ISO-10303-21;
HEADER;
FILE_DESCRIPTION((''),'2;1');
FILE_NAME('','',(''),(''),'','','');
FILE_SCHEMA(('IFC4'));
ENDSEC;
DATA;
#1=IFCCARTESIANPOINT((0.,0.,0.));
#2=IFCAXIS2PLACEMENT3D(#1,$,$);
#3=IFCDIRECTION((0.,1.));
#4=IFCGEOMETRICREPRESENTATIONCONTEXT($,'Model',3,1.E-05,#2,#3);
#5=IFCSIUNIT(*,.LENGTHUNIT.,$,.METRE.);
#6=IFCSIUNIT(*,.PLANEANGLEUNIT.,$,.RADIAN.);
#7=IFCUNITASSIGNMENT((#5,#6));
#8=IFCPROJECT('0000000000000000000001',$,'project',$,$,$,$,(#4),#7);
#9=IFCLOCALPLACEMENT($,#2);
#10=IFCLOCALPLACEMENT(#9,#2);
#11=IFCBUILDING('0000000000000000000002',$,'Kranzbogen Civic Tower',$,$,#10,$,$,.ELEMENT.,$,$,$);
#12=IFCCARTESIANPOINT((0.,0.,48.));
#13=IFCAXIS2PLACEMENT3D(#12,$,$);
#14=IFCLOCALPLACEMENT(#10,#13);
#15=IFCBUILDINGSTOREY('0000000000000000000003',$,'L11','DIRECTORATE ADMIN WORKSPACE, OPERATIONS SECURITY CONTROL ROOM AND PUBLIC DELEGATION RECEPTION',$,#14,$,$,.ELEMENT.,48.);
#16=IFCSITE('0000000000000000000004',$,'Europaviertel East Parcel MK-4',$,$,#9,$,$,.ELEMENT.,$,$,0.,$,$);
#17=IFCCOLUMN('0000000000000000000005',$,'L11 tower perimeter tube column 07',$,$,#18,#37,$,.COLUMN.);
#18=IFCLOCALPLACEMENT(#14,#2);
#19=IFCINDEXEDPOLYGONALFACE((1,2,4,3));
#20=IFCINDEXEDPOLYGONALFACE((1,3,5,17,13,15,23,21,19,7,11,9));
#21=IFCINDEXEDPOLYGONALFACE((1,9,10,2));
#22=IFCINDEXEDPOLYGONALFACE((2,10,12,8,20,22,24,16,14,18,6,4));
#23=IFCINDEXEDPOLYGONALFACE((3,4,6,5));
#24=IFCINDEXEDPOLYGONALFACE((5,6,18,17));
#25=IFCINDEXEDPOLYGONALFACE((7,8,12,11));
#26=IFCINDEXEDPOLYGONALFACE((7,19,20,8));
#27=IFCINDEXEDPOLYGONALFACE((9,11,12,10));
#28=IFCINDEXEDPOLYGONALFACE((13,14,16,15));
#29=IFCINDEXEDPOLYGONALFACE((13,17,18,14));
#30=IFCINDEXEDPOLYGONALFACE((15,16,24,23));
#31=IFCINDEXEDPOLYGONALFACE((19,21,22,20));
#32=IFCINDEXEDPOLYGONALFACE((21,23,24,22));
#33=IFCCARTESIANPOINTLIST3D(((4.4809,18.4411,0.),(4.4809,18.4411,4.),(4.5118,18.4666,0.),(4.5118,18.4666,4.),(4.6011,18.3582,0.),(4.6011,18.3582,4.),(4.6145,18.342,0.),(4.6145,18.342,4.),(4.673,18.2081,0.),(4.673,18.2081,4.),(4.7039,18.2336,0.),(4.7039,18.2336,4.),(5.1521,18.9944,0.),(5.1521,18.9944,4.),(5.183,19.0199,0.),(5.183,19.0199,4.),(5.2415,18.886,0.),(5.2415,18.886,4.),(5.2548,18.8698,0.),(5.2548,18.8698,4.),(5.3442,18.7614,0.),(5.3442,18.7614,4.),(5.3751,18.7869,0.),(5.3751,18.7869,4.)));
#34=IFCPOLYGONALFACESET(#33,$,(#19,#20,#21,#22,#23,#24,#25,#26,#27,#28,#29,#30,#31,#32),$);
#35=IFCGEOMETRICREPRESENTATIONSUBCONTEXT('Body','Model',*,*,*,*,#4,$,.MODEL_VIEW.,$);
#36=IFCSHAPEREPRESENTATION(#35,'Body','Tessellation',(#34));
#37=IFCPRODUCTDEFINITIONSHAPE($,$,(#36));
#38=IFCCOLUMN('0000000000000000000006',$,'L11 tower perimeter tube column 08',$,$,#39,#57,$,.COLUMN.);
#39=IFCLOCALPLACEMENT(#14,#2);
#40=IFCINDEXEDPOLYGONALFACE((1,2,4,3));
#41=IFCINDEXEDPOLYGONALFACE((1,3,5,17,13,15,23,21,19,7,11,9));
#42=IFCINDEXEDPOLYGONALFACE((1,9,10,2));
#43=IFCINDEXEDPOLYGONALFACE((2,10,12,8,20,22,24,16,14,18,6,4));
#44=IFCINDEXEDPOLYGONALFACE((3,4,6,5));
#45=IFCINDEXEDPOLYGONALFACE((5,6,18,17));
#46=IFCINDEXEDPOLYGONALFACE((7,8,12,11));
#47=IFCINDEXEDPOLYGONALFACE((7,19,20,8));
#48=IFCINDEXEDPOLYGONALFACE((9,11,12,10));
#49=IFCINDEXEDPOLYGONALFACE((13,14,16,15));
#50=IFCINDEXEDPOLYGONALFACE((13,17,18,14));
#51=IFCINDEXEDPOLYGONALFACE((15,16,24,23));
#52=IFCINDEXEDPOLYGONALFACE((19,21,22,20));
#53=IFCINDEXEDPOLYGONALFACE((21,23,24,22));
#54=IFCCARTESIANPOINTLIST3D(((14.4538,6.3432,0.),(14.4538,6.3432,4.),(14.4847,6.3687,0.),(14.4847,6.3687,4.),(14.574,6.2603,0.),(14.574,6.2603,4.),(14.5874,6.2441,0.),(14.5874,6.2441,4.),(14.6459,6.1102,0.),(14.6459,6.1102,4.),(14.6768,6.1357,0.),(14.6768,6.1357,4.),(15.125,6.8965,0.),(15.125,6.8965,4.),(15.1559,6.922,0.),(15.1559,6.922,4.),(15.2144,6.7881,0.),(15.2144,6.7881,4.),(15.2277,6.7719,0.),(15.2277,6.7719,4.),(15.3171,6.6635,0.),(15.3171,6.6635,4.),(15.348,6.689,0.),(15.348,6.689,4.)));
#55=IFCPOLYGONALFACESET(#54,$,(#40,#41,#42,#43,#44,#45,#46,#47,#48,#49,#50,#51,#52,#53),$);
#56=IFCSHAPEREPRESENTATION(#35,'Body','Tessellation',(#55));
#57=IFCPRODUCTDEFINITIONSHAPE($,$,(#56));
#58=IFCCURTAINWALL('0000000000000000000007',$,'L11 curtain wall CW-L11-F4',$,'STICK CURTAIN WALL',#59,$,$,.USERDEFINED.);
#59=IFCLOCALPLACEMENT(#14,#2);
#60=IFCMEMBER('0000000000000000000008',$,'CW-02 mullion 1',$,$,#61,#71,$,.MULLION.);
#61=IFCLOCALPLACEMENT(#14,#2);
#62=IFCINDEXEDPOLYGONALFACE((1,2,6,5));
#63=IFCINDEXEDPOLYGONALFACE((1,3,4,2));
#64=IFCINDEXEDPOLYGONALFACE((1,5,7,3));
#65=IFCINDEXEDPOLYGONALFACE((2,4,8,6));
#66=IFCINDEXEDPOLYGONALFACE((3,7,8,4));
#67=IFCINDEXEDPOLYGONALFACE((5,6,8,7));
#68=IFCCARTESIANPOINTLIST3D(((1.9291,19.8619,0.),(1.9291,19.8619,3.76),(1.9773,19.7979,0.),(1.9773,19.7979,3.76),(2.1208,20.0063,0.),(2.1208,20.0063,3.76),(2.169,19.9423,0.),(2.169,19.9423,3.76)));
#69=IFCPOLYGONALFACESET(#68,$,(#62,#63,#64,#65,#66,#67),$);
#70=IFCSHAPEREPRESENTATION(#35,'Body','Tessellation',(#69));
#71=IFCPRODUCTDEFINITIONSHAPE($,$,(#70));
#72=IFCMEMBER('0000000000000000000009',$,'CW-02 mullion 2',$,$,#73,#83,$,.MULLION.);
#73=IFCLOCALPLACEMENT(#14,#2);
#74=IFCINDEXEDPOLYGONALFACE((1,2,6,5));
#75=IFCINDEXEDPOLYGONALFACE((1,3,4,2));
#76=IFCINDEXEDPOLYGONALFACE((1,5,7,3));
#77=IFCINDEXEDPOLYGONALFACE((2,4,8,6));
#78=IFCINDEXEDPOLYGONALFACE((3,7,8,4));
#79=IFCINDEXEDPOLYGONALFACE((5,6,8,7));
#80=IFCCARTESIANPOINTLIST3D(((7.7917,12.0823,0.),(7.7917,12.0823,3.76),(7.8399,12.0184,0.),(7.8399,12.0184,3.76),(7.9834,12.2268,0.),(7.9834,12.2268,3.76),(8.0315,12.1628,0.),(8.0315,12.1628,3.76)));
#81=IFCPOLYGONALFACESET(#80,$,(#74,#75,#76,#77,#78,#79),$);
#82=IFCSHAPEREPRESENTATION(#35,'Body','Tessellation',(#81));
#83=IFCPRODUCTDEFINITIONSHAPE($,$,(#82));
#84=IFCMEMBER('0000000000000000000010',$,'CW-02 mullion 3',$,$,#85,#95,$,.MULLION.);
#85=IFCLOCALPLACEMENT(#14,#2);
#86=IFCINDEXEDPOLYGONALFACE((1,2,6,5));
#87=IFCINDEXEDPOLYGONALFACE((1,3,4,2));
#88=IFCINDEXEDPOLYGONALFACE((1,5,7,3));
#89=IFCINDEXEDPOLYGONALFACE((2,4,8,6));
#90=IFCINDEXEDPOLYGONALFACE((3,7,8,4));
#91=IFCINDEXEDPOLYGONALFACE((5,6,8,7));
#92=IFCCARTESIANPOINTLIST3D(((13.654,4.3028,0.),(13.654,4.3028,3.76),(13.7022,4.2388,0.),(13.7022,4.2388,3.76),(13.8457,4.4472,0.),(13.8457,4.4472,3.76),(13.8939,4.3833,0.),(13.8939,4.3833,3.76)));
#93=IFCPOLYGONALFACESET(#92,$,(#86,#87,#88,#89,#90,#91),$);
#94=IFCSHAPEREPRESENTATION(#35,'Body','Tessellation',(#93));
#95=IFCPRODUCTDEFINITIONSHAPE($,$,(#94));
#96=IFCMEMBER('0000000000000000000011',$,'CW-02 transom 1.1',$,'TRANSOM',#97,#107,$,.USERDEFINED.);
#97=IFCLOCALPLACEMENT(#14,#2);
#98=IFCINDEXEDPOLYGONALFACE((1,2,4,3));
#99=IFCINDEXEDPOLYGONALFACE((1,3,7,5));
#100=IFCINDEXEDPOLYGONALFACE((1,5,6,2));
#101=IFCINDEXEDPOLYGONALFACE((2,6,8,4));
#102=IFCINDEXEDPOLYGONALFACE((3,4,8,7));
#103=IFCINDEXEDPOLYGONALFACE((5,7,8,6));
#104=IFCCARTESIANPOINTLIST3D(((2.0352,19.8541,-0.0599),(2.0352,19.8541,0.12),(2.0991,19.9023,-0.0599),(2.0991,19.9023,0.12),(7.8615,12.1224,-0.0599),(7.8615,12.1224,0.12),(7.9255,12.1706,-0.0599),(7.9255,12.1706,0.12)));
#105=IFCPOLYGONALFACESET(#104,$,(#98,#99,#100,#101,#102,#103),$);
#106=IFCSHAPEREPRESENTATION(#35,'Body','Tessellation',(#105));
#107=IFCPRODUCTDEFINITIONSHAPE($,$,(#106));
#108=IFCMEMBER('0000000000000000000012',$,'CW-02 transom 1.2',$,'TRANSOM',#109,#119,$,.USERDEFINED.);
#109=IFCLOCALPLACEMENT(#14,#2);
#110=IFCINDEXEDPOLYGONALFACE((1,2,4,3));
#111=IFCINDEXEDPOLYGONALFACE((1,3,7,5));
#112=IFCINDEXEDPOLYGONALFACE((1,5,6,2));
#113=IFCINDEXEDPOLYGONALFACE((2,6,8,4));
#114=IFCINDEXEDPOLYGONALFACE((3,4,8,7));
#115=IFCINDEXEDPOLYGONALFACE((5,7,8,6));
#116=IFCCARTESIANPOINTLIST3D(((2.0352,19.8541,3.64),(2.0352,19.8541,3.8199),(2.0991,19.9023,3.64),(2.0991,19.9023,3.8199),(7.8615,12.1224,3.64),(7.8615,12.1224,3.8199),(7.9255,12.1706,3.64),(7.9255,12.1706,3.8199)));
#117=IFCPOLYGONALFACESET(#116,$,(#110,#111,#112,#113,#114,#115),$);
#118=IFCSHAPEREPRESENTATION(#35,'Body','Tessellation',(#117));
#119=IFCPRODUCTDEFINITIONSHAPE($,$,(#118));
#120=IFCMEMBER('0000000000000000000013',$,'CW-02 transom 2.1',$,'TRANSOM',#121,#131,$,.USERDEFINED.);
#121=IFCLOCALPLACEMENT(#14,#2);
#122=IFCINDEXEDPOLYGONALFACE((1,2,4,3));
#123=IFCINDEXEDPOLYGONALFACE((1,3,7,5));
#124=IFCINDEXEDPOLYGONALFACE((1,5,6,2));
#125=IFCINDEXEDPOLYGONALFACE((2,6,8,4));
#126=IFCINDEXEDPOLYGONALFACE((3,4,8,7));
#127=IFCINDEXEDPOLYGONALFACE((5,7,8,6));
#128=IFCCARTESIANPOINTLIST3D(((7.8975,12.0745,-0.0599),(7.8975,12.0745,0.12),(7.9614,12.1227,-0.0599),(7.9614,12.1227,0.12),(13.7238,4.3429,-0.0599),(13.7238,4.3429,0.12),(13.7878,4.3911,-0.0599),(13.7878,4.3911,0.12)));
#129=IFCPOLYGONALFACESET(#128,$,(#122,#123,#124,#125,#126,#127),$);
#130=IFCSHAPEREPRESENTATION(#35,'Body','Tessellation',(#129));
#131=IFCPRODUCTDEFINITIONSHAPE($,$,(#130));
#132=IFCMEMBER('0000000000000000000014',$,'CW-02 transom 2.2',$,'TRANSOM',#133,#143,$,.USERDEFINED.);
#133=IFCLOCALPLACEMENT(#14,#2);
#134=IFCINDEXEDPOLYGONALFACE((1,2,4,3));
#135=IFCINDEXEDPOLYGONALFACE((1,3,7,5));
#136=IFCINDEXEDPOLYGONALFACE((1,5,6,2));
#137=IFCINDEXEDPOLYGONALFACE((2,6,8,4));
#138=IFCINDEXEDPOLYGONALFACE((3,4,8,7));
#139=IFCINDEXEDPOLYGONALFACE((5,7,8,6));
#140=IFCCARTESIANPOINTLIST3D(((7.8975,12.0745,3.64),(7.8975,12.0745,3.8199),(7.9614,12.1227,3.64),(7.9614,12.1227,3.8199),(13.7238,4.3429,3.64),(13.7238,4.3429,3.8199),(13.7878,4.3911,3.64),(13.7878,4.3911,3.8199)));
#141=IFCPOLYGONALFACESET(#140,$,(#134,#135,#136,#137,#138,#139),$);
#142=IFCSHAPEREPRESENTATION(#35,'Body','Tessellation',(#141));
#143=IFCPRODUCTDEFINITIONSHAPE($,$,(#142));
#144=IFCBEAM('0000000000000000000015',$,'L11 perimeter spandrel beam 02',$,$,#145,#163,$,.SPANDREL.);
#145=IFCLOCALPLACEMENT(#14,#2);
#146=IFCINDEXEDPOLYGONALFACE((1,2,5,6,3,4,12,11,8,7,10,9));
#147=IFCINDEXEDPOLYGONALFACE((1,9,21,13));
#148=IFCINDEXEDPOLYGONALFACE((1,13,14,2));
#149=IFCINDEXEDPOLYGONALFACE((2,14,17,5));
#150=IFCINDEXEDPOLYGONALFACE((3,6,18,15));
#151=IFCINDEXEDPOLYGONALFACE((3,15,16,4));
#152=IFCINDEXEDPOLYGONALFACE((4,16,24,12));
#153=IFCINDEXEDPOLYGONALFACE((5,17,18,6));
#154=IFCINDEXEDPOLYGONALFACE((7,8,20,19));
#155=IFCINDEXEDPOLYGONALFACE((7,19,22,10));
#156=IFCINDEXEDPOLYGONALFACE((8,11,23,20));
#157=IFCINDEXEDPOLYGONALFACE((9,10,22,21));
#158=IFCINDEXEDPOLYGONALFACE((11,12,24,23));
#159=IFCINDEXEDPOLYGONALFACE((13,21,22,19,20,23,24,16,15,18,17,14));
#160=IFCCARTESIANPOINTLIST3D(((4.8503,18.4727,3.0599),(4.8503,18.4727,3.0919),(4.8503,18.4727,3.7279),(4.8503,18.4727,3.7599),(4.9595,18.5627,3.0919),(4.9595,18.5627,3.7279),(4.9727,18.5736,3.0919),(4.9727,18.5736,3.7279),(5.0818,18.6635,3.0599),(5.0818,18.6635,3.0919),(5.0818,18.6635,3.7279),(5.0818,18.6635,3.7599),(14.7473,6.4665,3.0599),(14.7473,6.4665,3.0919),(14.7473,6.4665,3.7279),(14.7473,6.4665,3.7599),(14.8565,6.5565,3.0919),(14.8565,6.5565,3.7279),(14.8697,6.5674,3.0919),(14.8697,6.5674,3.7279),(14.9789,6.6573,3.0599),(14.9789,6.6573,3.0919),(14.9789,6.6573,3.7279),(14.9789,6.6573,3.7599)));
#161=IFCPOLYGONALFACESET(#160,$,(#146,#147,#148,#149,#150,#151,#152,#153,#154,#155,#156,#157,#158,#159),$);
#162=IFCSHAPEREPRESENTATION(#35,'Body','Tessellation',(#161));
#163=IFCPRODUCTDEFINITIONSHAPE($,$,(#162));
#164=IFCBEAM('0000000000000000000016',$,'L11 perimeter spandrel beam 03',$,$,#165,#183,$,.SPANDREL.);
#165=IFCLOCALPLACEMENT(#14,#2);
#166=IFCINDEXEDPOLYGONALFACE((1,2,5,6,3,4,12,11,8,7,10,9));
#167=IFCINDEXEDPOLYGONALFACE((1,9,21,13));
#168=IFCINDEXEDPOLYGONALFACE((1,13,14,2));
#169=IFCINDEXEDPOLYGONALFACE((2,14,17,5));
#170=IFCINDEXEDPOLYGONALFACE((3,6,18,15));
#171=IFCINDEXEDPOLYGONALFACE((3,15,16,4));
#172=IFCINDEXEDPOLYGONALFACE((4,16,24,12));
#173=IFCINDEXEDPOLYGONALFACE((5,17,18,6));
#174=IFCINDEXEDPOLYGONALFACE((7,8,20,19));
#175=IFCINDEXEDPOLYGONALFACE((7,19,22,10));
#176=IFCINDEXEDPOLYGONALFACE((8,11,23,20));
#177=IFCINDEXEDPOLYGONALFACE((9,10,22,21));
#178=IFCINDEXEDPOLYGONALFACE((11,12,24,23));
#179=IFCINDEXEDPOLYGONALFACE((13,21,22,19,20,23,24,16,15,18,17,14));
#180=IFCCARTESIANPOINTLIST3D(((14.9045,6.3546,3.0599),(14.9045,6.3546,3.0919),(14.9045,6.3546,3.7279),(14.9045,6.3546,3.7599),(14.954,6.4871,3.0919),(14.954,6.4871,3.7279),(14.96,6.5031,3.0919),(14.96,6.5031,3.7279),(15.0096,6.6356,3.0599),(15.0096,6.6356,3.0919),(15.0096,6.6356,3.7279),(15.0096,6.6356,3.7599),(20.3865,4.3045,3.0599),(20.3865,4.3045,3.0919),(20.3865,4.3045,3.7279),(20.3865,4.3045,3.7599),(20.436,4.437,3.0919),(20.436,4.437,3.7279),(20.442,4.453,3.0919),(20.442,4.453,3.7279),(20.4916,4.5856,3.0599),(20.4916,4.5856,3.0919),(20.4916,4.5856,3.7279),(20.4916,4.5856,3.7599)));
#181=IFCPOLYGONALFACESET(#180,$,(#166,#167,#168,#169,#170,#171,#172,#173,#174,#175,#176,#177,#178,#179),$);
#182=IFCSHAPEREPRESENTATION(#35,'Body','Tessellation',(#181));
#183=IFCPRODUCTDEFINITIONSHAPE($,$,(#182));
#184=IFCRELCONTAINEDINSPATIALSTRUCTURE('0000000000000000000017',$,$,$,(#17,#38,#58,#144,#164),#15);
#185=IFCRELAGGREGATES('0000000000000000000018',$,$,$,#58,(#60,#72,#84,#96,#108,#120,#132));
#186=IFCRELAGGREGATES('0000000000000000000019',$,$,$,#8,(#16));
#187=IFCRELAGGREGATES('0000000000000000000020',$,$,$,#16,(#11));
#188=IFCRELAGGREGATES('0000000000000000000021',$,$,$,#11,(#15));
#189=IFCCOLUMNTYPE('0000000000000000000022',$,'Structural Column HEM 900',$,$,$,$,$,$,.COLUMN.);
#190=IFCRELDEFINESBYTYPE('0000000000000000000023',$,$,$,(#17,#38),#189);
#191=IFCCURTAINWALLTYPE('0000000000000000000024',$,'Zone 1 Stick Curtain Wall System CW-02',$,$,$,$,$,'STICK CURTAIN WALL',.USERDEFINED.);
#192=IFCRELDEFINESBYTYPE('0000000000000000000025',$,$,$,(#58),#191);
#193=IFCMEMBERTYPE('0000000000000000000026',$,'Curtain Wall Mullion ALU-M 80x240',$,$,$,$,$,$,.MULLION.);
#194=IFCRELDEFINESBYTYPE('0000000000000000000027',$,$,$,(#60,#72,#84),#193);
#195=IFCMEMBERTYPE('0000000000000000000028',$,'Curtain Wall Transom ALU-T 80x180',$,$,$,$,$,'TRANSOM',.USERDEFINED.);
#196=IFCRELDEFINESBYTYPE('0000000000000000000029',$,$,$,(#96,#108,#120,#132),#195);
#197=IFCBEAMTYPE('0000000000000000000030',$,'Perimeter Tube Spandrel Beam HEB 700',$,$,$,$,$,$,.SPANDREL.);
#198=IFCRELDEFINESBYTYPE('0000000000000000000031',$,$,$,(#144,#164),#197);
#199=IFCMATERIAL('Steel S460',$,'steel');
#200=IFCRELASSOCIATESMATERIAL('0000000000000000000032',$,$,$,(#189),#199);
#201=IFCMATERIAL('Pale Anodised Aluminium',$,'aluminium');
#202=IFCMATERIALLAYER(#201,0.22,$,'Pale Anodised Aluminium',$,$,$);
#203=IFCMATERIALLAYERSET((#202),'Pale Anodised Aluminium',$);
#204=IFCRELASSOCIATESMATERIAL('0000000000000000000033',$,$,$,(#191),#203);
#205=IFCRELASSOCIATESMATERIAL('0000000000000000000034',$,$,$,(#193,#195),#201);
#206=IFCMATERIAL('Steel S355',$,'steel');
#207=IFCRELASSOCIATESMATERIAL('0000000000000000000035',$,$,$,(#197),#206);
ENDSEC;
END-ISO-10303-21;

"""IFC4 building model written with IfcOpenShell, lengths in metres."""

from ifc_helpers import new_model, si_unit, direction, frame, origin, origin_2d, place, context, subcontext, project, spatial, rectangle, i_section, extrude, material, layer, layer_set, material_profile, profile_set, type_object, element, aggregate, save


model = new_model("IFC4")

# Units and contexts
model_context = context("Model", 3, precision=1e-05, world=origin(), true_north=direction((0.0, 1.0)))
body_context = subcontext(model_context, "Body", "Model", "MODEL_VIEW")
ifc_project = project(units=[si_unit("LENGTHUNIT", "METRE"), si_unit("PLANEANGLEUNIT", "RADIAN")], contexts=[model_context])

# Site, building, storey
site_placement = place(None, origin())
site = spatial("IfcSite", under=ifc_project, at=site_placement, Name="Europaviertel East Parcel MK-4", CompositionType="ELEMENT", RefElevation=0.0)
building_placement = place(site_placement, origin())
building = spatial("IfcBuilding", under=site, at=building_placement, Name="Kranzbogen Civic Tower", CompositionType="ELEMENT")
storey_placement = place(building_placement, frame((0.0, 0.0, 48.0)))
storey = spatial("IfcBuildingStorey", under=building, at=storey_placement, Name="L11", Description="DIRECTORATE ADMIN WORKSPACE, OPERATIONS SECURITY CONTROL ROOM AND PUBLIC DELEGATION RECEPTION", CompositionType="ELEMENT", Elevation=48.0)

# Columns
ifc_material_1 = material(Name="Steel S460", Category="steel")
ifc_material_profile_1 = material_profile(ifc_material_1, i_section(OverallWidth=0.302, OverallDepth=0.9099, WebThickness=0.021, FlangeThickness=0.04, at=origin_2d()), Name="HEM 900")
ifc_profile_set_1 = profile_set([ifc_material_profile_1], Name="Steel S460")
column_type = type_object("IfcColumnType", Name="Structural Column HEM 900", PredefinedType="COLUMN", material=ifc_profile_set_1)
for number, where, z_axis, x_axis, name in (
    (1, (4.928, 18.614, 0.0), (0.0, 0.0, 1.0), (-0.636078, 0.771625, 0.0), "L11 tower perimeter tube column 07"),
    (2, (14.9009, 6.5161, 0.0), (0.0, 0.0, 1.0), (-0.636078, 0.771625, 0.0), "L11 tower perimeter tube column 08"),
):
    element("IfcColumn", number, at=place(storey_placement, frame(where, z_axis=z_axis, x_axis=x_axis)), inside=storey, type_object=column_type, Name=name, PredefinedType="COLUMN", context=body_context, shape_type="SweptSolid", body=[
        extrude(i_section(OverallWidth=0.302, OverallDepth=0.9099, WebThickness=0.021, FlangeThickness=0.04, at=origin_2d()), origin(), (0.0, 0.0, 1.0), 4.0),
    ])

# Curtain wall, members
ifc_material_2 = material(Name="Pale Anodised Aluminium", Category="aluminium")
ifc_layer_1 = layer(ifc_material_2, 0.22, Name="Pale Anodised Aluminium")
ifc_layer_set_1 = layer_set([ifc_layer_1], Name="Pale Anodised Aluminium")
curtain_wall_type = type_object("IfcCurtainWallType", Name="Zone 1 Stick Curtain Wall System CW-02", ElementType="STICK CURTAIN WALL", PredefinedType="USERDEFINED", material=ifc_layer_set_1)
curtain_wall_placement = place(storey_placement, origin())
curtain_wall = element("IfcCurtainWall", 3, at=curtain_wall_placement, inside=storey, type_object=curtain_wall_type, Name="L11 curtain wall CW-L11-F4", ObjectType="STICK CURTAIN WALL", PredefinedType="USERDEFINED")
ifc_material_profile_2 = material_profile(ifc_material_2, rectangle(XDim=0.0801, YDim=0.24, at=origin_2d()), Name="ALU-M 80x240")
ifc_profile_set_2 = profile_set([ifc_material_profile_2], Name="Pale Anodised Aluminium")
member_type_1 = type_object("IfcMemberType", Name="Curtain Wall Mullion ALU-M 80x240", PredefinedType="MULLION", material=ifc_profile_set_2)
member_1_placement = place(storey_placement, frame((2.0491, 19.9021, 0.0), z_axis=(0.0, 0.0, 1.0), x_axis=(0.601824, -0.798629, 0.0)))
member_1 = element("IfcMember", 4, at=member_1_placement, type_object=member_type_1, Name="CW-02 mullion 1", PredefinedType="MULLION", context=body_context, shape_type="SweptSolid", body=[
    extrude(rectangle(XDim=0.0801, YDim=0.24, at=origin_2d()), origin(), (0.0, 0.0, 1.0), 3.76),
])
member_2_placement = place(storey_placement, frame((7.9116, 12.1226, 0.0), z_axis=(0.0, 0.0, 1.0), x_axis=(0.601824, -0.798629, 0.0)))
member_2 = element("IfcMember", 5, at=member_2_placement, type_object=member_type_1, Name="CW-02 mullion 2", PredefinedType="MULLION", context=body_context, shape_type="SweptSolid", body=[
    extrude(rectangle(XDim=0.0801, YDim=0.24, at=origin_2d()), origin(), (0.0, 0.0, 1.0), 3.76),
])
member_3_placement = place(storey_placement, frame((13.7739, 4.343, 0.0), z_axis=(0.0, 0.0, 1.0), x_axis=(0.601824, -0.798629, 0.0)))
member_3 = element("IfcMember", 6, at=member_3_placement, type_object=member_type_1, Name="CW-02 mullion 3", PredefinedType="MULLION", context=body_context, shape_type="SweptSolid", body=[
    extrude(rectangle(XDim=0.0801, YDim=0.24, at=origin_2d()), origin(), (0.0, 0.0, 1.0), 3.76),
])
ifc_material_profile_3 = material_profile(ifc_material_2, rectangle(XDim=0.0801, YDim=0.1799, at=origin_2d()), Name="ALU-T 80x180")
ifc_profile_set_3 = profile_set([ifc_material_profile_3], Name="Pale Anodised Aluminium")
member_type_2 = type_object("IfcMemberType", Name="Curtain Wall Transom ALU-T 80x180", ElementType="TRANSOM", PredefinedType="USERDEFINED", material=ifc_profile_set_3)
member_4_placement = place(storey_placement, frame((2.0671, 19.8782, 0.03), z_axis=(0.601826, -0.798627, 0.0), x_axis=(0.798627, 0.601826, 0.0)))
member_4 = element("IfcMember", 7, at=member_4_placement, type_object=member_type_2, Name="CW-02 transom 1.1", ObjectType="TRANSOM", PredefinedType="USERDEFINED", context=body_context, shape_type="SweptSolid", body=[
    extrude(rectangle(XDim=0.0801, YDim=0.1799, at=origin_2d()), origin(), (0.0, 0.0, 1.0), 9.6812),
])
member_5_placement = place(storey_placement, frame((2.0671, 19.8782, 3.73), z_axis=(0.601826, -0.798627, 0.0), x_axis=(0.798627, 0.601826, 0.0)))
member_5 = element("IfcMember", 8, at=member_5_placement, type_object=member_type_2, Name="CW-02 transom 1.2", ObjectType="TRANSOM", PredefinedType="USERDEFINED", context=body_context, shape_type="SweptSolid", body=[
    extrude(rectangle(XDim=0.0801, YDim=0.1799, at=origin_2d()), origin(), (0.0, 0.0, 1.0), 9.6812),
])
member_6_placement = place(storey_placement, frame((7.9294, 12.0986, 0.03), z_axis=(0.601826, -0.798627, 0.0), x_axis=(0.798627, 0.601826, 0.0)))
member_6 = element("IfcMember", 9, at=member_6_placement, type_object=member_type_2, Name="CW-02 transom 2.1", ObjectType="TRANSOM", PredefinedType="USERDEFINED", context=body_context, shape_type="SweptSolid", body=[
    extrude(rectangle(XDim=0.0801, YDim=0.1799, at=origin_2d()), origin(), (0.0, 0.0, 1.0), 9.6812),
])
member_7_placement = place(storey_placement, frame((7.9294, 12.0986, 3.73), z_axis=(0.601826, -0.798627, 0.0), x_axis=(0.798627, 0.601826, 0.0)))
member_7 = element("IfcMember", 10, at=member_7_placement, type_object=member_type_2, Name="CW-02 transom 2.2", ObjectType="TRANSOM", PredefinedType="USERDEFINED", context=body_context, shape_type="SweptSolid", body=[
    extrude(rectangle(XDim=0.0801, YDim=0.1799, at=origin_2d()), origin(), (0.0, 0.0, 1.0), 9.6812),
])

# Beams
ifc_material_3 = material(Name="Steel S355", Category="steel")
ifc_material_profile_4 = material_profile(ifc_material_3, i_section(OverallWidth=0.3, OverallDepth=0.7, WebThickness=0.0171, FlangeThickness=0.032, at=origin_2d()), Name="HEB 700")
ifc_profile_set_4 = profile_set([ifc_material_profile_4], Name="Steel S355")
beam_type_1 = type_object("IfcBeamType", Name="Perimeter Tube Spandrel Beam HEB 700", PredefinedType="SPANDREL", material=ifc_profile_set_4)
beam_1_placement = place(storey_placement, frame((4.9661, 18.5681, 3.4099), z_axis=(0.636075, -0.771628, 0.0), x_axis=(0.771628, 0.636075, 0.0)))
element("IfcBeam", 11, at=beam_1_placement, inside=storey, type_object=beam_type_1, Name="L11 perimeter spandrel beam 02", PredefinedType="SPANDREL", context=body_context, shape_type="SweptSolid", body=[
    extrude(i_section(OverallWidth=0.3, OverallDepth=0.7, WebThickness=0.0171, FlangeThickness=0.032, at=origin_2d()), origin(), (0.0, 0.0, 1.0), 15.5596),
])
beam_2_placement = place(storey_placement, frame((14.957, 6.4951, 3.4099), z_axis=(0.936648, -0.350273, 0.0), x_axis=(0.350273, 0.936648, 0.0)))
element("IfcBeam", 12, at=beam_2_placement, inside=storey, type_object=beam_type_1, Name="L11 perimeter spandrel beam 03", PredefinedType="SPANDREL", context=body_context, shape_type="SweptSolid", body=[
    extrude(i_section(OverallWidth=0.3, OverallDepth=0.7, WebThickness=0.0171, FlangeThickness=0.032, at=origin_2d()), origin(), (0.0, 0.0, 1.0), 5.8528),
])

aggregate(curtain_wall, [member_1, member_2, member_3, member_4, member_5, member_6, member_7])

save(model, "model.ifc")
